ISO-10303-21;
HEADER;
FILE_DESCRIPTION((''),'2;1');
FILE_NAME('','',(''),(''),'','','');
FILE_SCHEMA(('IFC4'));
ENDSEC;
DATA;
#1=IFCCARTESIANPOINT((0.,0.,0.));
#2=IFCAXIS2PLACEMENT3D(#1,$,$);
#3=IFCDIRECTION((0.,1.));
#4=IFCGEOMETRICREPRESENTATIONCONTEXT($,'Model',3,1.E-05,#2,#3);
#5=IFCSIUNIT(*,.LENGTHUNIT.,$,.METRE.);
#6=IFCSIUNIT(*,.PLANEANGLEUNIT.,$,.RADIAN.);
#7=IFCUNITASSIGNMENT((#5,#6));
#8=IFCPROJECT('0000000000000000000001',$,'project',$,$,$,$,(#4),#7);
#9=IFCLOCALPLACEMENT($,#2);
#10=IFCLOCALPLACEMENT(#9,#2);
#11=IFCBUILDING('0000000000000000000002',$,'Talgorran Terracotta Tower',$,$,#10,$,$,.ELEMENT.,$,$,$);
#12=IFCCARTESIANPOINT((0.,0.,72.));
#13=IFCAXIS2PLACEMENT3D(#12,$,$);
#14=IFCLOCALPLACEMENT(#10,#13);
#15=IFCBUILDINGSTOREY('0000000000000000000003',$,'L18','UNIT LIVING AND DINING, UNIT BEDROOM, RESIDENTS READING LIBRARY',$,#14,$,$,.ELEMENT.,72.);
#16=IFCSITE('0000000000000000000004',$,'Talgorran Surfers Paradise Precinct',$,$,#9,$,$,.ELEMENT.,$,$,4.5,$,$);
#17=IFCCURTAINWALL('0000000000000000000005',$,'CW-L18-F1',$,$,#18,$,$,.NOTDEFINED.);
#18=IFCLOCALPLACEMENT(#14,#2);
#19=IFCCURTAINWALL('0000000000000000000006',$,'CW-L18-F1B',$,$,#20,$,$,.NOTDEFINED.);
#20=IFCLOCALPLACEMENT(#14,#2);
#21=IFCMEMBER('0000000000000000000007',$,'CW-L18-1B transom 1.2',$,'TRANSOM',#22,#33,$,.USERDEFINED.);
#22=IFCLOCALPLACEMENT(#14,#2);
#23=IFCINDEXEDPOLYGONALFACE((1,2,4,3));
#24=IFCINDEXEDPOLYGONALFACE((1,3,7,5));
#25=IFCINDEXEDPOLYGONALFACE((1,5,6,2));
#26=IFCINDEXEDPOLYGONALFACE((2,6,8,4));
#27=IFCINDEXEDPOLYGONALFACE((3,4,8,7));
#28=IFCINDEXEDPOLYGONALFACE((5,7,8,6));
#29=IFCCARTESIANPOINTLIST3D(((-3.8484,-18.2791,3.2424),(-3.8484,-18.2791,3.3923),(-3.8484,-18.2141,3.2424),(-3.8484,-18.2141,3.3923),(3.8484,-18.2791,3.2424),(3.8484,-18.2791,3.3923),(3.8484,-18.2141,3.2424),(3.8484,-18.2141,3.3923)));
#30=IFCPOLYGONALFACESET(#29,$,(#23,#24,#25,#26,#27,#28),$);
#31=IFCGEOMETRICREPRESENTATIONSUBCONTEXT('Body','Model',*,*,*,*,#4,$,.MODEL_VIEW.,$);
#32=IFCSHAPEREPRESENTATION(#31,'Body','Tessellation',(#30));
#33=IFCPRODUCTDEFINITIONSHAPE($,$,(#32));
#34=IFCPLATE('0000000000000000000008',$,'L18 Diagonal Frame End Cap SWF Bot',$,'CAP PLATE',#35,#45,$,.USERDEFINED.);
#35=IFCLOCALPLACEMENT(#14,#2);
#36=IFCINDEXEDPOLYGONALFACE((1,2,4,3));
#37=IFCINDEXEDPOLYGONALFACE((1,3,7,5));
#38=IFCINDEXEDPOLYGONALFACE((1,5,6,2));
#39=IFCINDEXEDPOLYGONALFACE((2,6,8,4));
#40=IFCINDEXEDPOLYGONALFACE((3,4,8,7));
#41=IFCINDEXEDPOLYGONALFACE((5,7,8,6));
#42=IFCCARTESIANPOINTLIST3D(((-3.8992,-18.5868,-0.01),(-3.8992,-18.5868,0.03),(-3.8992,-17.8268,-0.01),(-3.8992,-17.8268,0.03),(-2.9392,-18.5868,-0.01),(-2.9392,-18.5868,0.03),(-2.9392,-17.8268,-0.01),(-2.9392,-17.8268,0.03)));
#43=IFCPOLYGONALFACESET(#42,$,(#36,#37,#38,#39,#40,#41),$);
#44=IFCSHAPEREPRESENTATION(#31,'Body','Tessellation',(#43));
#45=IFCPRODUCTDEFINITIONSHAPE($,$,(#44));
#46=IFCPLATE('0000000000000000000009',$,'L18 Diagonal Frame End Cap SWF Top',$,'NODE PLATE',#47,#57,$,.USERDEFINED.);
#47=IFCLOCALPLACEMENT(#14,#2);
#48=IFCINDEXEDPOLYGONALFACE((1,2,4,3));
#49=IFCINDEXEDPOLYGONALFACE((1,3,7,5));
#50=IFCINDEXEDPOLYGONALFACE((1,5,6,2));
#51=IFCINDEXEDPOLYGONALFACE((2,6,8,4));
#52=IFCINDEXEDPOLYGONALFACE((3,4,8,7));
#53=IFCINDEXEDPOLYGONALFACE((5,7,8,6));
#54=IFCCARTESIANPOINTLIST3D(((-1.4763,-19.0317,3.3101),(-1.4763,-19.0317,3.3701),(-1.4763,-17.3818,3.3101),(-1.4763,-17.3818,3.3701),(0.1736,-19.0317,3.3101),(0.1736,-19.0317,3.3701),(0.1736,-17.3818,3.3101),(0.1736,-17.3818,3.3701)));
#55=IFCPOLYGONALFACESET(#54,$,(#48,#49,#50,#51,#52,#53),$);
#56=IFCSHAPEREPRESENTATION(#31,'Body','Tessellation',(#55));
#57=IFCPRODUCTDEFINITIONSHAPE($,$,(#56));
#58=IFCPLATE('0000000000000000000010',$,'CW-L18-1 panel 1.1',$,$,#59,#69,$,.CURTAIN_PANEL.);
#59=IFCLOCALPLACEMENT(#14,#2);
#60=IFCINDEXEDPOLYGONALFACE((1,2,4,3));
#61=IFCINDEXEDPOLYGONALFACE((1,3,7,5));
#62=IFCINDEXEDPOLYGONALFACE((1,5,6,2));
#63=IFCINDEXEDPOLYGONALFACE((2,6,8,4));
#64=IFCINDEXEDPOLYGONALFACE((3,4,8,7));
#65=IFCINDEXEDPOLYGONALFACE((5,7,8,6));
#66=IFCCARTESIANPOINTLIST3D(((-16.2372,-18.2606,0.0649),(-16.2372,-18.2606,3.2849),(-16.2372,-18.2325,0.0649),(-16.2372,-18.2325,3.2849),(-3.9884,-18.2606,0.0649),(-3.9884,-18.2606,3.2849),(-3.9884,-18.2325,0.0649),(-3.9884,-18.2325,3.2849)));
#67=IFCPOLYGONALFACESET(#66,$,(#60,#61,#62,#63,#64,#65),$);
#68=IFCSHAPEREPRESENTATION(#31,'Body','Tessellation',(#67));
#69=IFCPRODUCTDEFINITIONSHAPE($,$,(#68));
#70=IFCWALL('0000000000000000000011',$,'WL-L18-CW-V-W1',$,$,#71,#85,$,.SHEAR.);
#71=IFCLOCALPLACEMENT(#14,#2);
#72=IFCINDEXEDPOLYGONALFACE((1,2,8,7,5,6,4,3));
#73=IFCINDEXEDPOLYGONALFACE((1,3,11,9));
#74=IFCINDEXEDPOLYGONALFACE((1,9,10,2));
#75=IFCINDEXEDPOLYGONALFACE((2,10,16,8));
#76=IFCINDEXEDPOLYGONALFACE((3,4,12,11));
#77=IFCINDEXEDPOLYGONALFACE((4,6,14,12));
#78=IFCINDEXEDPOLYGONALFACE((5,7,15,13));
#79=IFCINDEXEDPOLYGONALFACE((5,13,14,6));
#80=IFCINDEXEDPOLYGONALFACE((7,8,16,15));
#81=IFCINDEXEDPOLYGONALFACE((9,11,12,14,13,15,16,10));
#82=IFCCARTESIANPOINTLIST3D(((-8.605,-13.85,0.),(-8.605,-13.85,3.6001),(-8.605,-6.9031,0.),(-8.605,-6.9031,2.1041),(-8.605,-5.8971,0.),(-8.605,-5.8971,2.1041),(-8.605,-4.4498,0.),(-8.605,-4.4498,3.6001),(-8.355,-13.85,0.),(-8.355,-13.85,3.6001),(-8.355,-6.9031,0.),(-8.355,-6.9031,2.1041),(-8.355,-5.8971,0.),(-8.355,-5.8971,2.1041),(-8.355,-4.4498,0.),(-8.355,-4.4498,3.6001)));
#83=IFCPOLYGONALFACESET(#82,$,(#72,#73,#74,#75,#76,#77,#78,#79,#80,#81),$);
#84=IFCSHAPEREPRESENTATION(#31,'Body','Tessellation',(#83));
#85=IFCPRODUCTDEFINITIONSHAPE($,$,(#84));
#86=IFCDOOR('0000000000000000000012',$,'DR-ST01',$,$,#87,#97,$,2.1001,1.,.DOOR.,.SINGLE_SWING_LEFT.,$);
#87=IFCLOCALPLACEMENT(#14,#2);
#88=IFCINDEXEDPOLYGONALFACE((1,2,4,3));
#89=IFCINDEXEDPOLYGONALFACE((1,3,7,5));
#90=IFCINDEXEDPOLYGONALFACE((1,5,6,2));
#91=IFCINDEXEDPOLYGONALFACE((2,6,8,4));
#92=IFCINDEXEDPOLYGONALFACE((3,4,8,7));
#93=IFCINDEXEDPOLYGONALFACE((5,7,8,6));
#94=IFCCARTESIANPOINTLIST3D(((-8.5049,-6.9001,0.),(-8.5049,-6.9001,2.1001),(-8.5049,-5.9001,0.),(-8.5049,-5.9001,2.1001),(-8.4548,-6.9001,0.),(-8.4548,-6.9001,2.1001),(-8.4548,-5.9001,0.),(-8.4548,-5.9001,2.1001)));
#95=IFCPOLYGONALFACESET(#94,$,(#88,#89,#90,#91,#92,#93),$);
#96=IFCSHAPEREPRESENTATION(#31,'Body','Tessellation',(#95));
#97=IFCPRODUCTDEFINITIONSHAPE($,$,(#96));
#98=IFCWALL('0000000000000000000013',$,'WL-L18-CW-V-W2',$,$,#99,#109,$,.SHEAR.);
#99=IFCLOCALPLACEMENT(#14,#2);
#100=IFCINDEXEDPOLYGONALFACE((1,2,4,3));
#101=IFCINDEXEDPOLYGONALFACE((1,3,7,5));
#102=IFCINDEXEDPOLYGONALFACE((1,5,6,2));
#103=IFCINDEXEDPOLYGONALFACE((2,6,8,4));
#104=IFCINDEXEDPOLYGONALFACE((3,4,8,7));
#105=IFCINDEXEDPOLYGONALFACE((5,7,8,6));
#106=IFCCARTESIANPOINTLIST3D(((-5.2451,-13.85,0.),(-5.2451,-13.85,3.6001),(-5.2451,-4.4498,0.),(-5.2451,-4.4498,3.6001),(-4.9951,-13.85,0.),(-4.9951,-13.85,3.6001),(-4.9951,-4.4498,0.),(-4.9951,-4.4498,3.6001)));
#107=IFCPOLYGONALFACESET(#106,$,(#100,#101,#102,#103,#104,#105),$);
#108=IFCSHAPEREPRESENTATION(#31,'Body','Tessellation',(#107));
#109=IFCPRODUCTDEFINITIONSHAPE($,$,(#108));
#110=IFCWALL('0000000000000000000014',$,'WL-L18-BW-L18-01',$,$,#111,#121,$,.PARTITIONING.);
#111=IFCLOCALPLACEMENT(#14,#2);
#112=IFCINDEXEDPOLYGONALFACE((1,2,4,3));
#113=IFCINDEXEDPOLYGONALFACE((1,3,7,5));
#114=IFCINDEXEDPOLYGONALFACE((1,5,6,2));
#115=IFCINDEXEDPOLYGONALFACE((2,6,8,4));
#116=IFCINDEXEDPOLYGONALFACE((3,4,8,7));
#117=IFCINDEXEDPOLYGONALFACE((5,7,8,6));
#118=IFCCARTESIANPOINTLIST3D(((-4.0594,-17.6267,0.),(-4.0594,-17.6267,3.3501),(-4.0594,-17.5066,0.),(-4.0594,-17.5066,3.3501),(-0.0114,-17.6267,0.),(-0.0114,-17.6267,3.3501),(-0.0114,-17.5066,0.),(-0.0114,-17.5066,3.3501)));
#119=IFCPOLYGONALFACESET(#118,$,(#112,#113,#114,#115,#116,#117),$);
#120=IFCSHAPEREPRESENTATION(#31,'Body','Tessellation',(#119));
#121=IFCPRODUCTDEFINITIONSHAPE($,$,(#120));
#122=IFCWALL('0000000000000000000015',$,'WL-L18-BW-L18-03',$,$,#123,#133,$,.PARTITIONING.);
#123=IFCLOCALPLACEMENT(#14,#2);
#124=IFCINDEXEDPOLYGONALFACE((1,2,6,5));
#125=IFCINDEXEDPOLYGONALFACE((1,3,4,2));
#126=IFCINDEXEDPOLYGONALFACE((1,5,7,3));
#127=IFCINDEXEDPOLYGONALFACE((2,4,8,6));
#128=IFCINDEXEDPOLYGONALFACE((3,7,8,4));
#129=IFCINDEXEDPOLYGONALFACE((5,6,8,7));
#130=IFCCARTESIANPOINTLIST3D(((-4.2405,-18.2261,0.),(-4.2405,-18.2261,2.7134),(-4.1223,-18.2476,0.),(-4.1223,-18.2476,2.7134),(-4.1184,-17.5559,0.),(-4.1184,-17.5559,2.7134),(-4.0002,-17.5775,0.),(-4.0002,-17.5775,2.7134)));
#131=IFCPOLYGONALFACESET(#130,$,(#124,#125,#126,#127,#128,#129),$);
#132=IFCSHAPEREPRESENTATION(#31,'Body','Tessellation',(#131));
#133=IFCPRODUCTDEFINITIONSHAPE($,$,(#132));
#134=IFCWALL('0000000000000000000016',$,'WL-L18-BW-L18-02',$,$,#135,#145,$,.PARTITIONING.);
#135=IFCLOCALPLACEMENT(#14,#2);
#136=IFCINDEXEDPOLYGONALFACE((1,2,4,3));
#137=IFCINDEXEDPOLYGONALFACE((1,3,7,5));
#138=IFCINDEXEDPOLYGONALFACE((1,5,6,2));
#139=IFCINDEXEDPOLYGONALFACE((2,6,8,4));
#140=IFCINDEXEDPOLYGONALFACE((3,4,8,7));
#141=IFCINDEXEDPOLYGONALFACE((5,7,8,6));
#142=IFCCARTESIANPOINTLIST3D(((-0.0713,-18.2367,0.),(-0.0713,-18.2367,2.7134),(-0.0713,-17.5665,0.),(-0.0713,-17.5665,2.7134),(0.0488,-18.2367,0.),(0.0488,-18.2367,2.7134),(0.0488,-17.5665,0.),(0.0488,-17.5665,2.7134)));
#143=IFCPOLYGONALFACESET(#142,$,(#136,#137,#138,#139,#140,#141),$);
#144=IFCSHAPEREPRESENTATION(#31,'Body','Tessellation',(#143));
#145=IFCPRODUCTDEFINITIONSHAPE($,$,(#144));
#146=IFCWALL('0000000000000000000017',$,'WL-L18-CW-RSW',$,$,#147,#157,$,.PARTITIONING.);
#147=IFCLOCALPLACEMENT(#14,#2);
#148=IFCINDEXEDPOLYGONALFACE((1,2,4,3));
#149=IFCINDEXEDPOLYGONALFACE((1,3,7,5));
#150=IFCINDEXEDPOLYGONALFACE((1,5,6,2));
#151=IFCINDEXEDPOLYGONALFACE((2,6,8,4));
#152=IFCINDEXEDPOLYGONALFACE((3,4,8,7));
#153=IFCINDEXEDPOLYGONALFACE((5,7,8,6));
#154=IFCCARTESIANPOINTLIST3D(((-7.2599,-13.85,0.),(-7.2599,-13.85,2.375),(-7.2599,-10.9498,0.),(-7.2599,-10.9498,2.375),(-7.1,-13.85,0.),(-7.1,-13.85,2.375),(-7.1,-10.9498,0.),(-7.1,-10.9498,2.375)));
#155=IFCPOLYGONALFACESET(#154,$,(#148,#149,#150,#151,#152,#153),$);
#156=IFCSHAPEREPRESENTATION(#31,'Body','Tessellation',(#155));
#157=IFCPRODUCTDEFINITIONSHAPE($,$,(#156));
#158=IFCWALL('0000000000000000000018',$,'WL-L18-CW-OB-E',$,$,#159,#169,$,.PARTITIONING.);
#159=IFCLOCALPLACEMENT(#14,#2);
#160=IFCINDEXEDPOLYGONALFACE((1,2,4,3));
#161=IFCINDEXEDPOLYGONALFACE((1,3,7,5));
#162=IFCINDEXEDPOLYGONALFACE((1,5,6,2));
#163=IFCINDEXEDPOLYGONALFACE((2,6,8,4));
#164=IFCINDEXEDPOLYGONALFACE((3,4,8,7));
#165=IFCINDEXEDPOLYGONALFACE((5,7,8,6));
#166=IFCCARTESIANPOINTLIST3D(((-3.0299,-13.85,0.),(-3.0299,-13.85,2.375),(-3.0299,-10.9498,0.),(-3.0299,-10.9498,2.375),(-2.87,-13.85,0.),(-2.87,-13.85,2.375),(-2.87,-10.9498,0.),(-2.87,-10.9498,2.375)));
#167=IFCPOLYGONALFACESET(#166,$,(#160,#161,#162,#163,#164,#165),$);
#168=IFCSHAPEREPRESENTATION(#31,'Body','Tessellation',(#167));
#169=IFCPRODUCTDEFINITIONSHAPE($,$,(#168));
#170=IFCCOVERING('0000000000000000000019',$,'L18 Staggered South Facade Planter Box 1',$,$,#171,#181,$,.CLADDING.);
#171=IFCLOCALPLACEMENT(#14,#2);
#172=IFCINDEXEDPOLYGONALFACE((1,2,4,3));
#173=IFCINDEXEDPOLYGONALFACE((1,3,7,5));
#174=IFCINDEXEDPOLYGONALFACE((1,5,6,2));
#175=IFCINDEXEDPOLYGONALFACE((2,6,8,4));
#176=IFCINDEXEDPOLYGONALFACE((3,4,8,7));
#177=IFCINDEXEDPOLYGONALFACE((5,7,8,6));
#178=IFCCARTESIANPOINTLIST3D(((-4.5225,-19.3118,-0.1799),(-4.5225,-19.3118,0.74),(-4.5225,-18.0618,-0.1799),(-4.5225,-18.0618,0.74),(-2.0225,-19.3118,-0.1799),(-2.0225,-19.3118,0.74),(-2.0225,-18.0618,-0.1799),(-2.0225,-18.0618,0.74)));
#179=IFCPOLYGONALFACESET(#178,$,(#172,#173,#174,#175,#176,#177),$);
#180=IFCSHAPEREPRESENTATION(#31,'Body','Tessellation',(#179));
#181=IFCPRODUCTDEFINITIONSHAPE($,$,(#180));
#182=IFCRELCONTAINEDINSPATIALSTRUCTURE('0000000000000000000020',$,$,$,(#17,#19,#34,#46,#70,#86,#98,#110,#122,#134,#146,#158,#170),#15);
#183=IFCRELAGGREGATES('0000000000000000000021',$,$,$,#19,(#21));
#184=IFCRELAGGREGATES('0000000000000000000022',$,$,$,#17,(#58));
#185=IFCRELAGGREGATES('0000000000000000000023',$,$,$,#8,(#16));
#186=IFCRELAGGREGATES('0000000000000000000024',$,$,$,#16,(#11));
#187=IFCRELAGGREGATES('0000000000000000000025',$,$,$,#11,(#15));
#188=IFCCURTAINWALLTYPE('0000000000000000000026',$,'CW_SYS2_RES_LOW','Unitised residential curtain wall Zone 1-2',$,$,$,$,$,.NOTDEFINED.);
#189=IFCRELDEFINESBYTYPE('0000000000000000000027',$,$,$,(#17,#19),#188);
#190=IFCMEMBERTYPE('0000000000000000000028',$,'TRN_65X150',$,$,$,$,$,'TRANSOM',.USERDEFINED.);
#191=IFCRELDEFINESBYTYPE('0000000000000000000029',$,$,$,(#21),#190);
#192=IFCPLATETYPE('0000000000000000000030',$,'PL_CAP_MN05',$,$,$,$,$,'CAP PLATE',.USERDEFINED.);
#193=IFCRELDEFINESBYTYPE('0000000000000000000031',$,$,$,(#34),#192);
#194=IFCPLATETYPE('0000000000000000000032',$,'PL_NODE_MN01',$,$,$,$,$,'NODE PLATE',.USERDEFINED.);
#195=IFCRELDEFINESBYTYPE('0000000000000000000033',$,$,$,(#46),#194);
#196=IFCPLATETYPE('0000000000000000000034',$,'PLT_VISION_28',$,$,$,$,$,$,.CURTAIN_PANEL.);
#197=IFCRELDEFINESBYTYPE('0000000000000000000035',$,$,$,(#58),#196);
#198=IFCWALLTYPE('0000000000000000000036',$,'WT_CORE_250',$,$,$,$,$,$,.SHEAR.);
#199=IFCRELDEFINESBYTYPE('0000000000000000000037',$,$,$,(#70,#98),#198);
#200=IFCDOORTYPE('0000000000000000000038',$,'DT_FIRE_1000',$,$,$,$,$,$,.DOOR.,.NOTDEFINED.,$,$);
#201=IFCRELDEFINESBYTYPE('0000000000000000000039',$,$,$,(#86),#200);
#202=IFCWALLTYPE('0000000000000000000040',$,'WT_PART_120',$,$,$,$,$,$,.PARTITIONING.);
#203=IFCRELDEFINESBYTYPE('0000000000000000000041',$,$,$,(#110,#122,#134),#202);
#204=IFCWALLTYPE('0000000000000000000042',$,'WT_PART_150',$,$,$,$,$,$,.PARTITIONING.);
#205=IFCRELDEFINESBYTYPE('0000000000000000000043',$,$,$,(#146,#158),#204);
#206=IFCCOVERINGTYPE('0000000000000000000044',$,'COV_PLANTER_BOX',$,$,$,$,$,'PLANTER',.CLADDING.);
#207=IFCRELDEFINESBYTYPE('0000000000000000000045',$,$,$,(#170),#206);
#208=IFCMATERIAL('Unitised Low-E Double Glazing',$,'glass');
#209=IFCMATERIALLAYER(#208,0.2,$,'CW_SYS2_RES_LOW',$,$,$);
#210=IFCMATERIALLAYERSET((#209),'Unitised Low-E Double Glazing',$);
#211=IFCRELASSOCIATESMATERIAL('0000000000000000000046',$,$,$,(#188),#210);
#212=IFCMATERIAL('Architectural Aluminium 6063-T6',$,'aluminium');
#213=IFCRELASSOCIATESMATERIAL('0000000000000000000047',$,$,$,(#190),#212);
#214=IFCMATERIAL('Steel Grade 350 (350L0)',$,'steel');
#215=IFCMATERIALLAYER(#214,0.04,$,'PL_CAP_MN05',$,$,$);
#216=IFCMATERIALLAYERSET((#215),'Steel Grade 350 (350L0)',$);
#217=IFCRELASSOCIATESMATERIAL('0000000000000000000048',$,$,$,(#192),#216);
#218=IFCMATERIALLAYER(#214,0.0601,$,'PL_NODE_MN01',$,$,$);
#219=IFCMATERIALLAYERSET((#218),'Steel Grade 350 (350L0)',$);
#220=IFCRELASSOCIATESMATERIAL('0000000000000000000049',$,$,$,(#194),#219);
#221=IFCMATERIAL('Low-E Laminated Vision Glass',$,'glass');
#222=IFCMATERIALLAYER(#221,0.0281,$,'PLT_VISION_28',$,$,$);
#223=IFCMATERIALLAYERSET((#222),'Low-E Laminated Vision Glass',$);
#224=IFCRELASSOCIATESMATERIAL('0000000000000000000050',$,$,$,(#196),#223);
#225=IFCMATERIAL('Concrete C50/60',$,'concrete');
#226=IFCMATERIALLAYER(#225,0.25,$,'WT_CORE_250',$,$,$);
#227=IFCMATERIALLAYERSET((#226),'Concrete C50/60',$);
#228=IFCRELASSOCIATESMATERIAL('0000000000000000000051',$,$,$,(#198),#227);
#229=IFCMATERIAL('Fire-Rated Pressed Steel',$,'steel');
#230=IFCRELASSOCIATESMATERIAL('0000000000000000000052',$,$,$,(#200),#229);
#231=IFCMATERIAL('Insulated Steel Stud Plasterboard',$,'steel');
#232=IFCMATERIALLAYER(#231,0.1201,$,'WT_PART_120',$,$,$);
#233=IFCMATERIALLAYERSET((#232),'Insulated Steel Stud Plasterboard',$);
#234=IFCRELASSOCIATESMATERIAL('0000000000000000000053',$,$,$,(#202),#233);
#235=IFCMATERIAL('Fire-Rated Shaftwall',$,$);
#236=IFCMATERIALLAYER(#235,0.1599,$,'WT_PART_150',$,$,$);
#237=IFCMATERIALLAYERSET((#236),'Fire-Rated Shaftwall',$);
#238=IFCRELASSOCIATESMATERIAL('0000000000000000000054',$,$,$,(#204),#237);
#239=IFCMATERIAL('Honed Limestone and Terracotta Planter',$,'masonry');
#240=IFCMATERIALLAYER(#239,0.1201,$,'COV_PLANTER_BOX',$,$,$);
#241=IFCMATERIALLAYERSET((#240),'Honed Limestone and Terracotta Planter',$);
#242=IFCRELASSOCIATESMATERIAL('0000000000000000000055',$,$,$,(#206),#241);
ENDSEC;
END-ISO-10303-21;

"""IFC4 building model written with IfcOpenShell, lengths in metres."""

from ifc_helpers import new_model, si_unit, direction, frame, frame_2d, origin, origin_2d, place, context, subcontext, project, spatial, rectangle, extrude, source, transform, mapped, material, layer, layer_set, material_profile, profile_set, type_object, type_shapes, element, fill, aggregate, save


model = new_model("IFC4")

# Units and contexts
model_context = context("Model", 3, precision=1e-05, world=origin(), true_north=direction((0.0, 1.0)))
body_context = subcontext(model_context, "Body", "Model", "MODEL_VIEW")
ifc_project = project(units=[si_unit("LENGTHUNIT", "METRE"), si_unit("PLANEANGLEUNIT", "RADIAN")], contexts=[model_context])

# Site, building, storey
site_placement = place(None, origin())
site = spatial("IfcSite", under=ifc_project, at=site_placement, Name="Talgorran Surfers Paradise Precinct", CompositionType="ELEMENT", RefElevation=4.5)
building_placement = place(site_placement, origin())
building = spatial("IfcBuilding", under=site, at=building_placement, Name="Talgorran Terracotta Tower", CompositionType="ELEMENT")
storey_placement = place(building_placement, frame((0.0, 0.0, 72.0)))
storey = spatial("IfcBuildingStorey", under=building, at=storey_placement, Name="L18", Description="UNIT LIVING AND DINING, UNIT BEDROOM, RESIDENTS READING LIBRARY", CompositionType="ELEMENT", Elevation=72.0)

# Shared definitions
ifc_material_1 = material(Name="Steel Grade 350 (350L0)", Category="steel")

# Curtain wall
ifc_material_2 = material(Name="Unitised Low-E Double Glazing", Category="glass")
ifc_layer_1 = layer(ifc_material_2, 0.2, Name="CW_SYS2_RES_LOW")
ifc_layer_set_1 = layer_set([ifc_layer_1], Name="Unitised Low-E Double Glazing")
curtain_wall_type = type_object("IfcCurtainWallType", Name="CW_SYS2_RES_LOW", Description="Unitised residential curtain wall Zone 1-2", PredefinedType="NOTDEFINED", material=ifc_layer_set_1)
curtain_wall_1_placement = place(storey_placement, origin())
curtain_wall_1 = element("IfcCurtainWall", 1, at=curtain_wall_1_placement, inside=storey, type_object=curtain_wall_type, Name="CW-L18-F1", PredefinedType="NOTDEFINED")
ifc_material_3 = material(Name="Architectural Aluminium 6063-T6", Category="aluminium")

# Curtain wall, member
curtain_wall_2_placement = place(storey_placement, origin())
curtain_wall_2 = element("IfcCurtainWall", 2, at=curtain_wall_2_placement, inside=storey, type_object=curtain_wall_type, Name="CW-L18-F1B", PredefinedType="NOTDEFINED")
ifc_material_profile_1 = material_profile(ifc_material_3, rectangle(XDim=0.0649, YDim=0.1499, at=origin_2d()), Name="CWT65X150")
ifc_profile_set_1 = profile_set([ifc_material_profile_1], Name="Architectural Aluminium 6063-T6")
member_type_1 = type_object("IfcMemberType", Name="TRN_65X150", ElementType="TRANSOM", PredefinedType="USERDEFINED", material=ifc_profile_set_1)
member_1_placement = place(storey_placement, frame((-3.8484, -18.2466, 3.3174), z_axis=(1.0, 0.0, 0.0), x_axis=(0.0, 1.0, 0.0)))
member_1 = element("IfcMember", 3, at=member_1_placement, type_object=member_type_1, Name="CW-L18-1B transom 1.2", ObjectType="TRANSOM", PredefinedType="USERDEFINED", context=body_context, shape_type="SweptSolid", body=[
    extrude(rectangle(XDim=0.0649, YDim=0.1499, at=origin_2d()), origin(), (0.0, 0.0, 1.0), 7.6968),
])
aggregate(curtain_wall_2, [member_1])

# Plates
ifc_layer_2 = layer(ifc_material_1, 0.04, Name="PL_CAP_MN05")
ifc_layer_set_2 = layer_set([ifc_layer_2], Name="Steel Grade 350 (350L0)")
plate_type_1 = type_object("IfcPlateType", Name="PL_CAP_MN05", ElementType="CAP PLATE", PredefinedType="USERDEFINED", material=ifc_layer_set_2)
plate_1_placement = place(storey_placement, frame((-3.4192, -18.2068, -0.01), z_axis=(0.0, 0.0, 1.0), x_axis=(1.0, 0.0, 0.0)))
element("IfcPlate", 4, at=plate_1_placement, inside=storey, type_object=plate_type_1, Name="L18 Diagonal Frame End Cap SWF Bot", ObjectType="CAP PLATE", PredefinedType="USERDEFINED", context=body_context, shape_type="SweptSolid", body=[
    extrude(rectangle(XDim=0.96, YDim=0.76, at=origin_2d()), origin(), (0.0, 0.0, 1.0), 0.04),
])
ifc_layer_3 = layer(ifc_material_1, 0.0601, Name="PL_NODE_MN01")
ifc_layer_set_3 = layer_set([ifc_layer_3], Name="Steel Grade 350 (350L0)")
plate_type_2 = type_object("IfcPlateType", Name="PL_NODE_MN01", ElementType="NODE PLATE", PredefinedType="USERDEFINED", material=ifc_layer_set_3)
plate_2_placement = place(storey_placement, frame((-0.6514, -18.2068, 3.3101), z_axis=(0.0, 0.0, 1.0), x_axis=(1.0, 0.0, 0.0)))
element("IfcPlate", 5, at=plate_2_placement, inside=storey, type_object=plate_type_2, Name="L18 Diagonal Frame End Cap SWF Top", ObjectType="NODE PLATE", PredefinedType="USERDEFINED", context=body_context, shape_type="SweptSolid", body=[
    extrude(rectangle(XDim=1.6499, YDim=1.6499, at=origin_2d()), origin(), (0.0, 0.0, 1.0), 0.0601),
])

# Plate
ifc_material_4 = material(Name="Low-E Laminated Vision Glass", Category="glass")
ifc_layer_4 = layer(ifc_material_4, 0.0281, Name="PLT_VISION_28")
ifc_layer_set_4 = layer_set([ifc_layer_4], Name="Low-E Laminated Vision Glass")
plate_type_3 = type_object("IfcPlateType", Name="PLT_VISION_28", PredefinedType="CURTAIN_PANEL", material=ifc_layer_set_4)
shared_shape = source(origin(), body_context, "Body", "SweptSolid", [
    extrude(rectangle(XDim=12.2488, YDim=0.0281, at=origin_2d()), origin(), (0.0, 0.0, 1.0), 3.22),
])
type_shapes(plate_type_3, [shared_shape])
plate_3_placement = place(storey_placement, frame((-10.1128, -18.2466, 0.0649), z_axis=(0.0, 0.0, 1.0), x_axis=(1.0, 0.0, 0.0)))
plate_3 = element("IfcPlate", 6, at=plate_3_placement, type_object=plate_type_3, Name="CW-L18-1 panel 1.1", PredefinedType="CURTAIN_PANEL", context=body_context, shape_type="MappedRepresentation", body=[
    mapped(shared_shape, transform((0.0, 0.0, 0.0), scale=1.0)),
])
aggregate(curtain_wall_1, [plate_3])

# Wall, opening, door
ifc_material_5 = material(Name="Concrete C50/60", Category="concrete")
ifc_layer_5 = layer(ifc_material_5, 0.25, Name="WT_CORE_250")
ifc_layer_set_5 = layer_set([ifc_layer_5], Name="Concrete C50/60")
wall_type_1 = type_object("IfcWallType", Name="WT_CORE_250", PredefinedType="SHEAR", material=ifc_layer_set_5)
wall_1_placement = place(storey_placement, frame((-8.48, -13.8501, 0.0), z_axis=(0.0, 0.0, 1.0), x_axis=(0.0, 1.0, 0.0)))
wall_1 = element("IfcWall", 7, at=wall_1_placement, inside=storey, type_object=wall_type_1, Name="WL-L18-CW-V-W1", PredefinedType="SHEAR", context=body_context, shape_type="SweptSolid", body=[
    extrude(rectangle(XDim=9.4001, YDim=0.25, at=frame_2d((4.7002, 0.0))), origin(), (0.0, 0.0, 1.0), 3.6001),
])
opening_placement = place(wall_1_placement, frame((6.95, 0.0, 0.0)))
opening = element("IfcOpeningElement", 8, at=opening_placement, cuts=wall_1, PredefinedType="OPENING", context=body_context, shape_type="SweptSolid", body=[
    extrude(rectangle(XDim=1.006, YDim=2.1041, at=frame_2d((0.5, 1.052))), frame((0.0, 0.135, 0.0), z_axis=(0.0, -1.0, 0.0), x_axis=(1.0, 0.0, 0.0)), (0.0, 0.0, 1.0), 0.27),
])
ifc_material_6 = material(Name="Fire-Rated Pressed Steel", Category="steel")
door_type = type_object("IfcDoorType", Name="DT_FIRE_1000", OperationType="NOTDEFINED", PredefinedType="DOOR", material=ifc_material_6)
door_placement = place(opening_placement, origin())
door = element("IfcDoor", 9, at=door_placement, inside=storey, type_object=door_type, Name="DR-ST01", OperationType="SINGLE_SWING_LEFT", OverallHeight=2.1001, OverallWidth=1.0, PredefinedType="DOOR", context=body_context, shape_type="SweptSolid", body=[
    extrude(rectangle(XDim=1.0, YDim=2.1001, at=frame_2d((0.5, 1.05))), frame((0.0, 0.0249, 0.0), z_axis=(0.0, -1.0, 0.0), x_axis=(1.0, 0.0, 0.0)), (0.0, 0.0, 1.0), 0.05),
])
fill(opening, door)

# Walls
wall_2_placement = place(storey_placement, frame((-5.1201, -13.8501, 0.0), z_axis=(0.0, 0.0, 1.0), x_axis=(0.0, 1.0, 0.0)))
element("IfcWall", 10, at=wall_2_placement, inside=storey, type_object=wall_type_1, Name="WL-L18-CW-V-W2", PredefinedType="SHEAR", context=body_context, shape_type="SweptSolid", body=[
    extrude(rectangle(XDim=9.4001, YDim=0.25, at=frame_2d((4.7002, 0.0))), origin(), (0.0, 0.0, 1.0), 3.6001),
])
ifc_material_7 = material(Name="Insulated Steel Stud Plasterboard", Category="steel")
ifc_layer_6 = layer(ifc_material_7, 0.1201, Name="WT_PART_120")
ifc_layer_set_6 = layer_set([ifc_layer_6], Name="Insulated Steel Stud Plasterboard")
wall_type_2 = type_object("IfcWallType", Name="WT_PART_120", PredefinedType="PARTITIONING", material=ifc_layer_set_6)
wall_3_placement = place(storey_placement, frame((-4.0593, -17.5667, 0.0), z_axis=(0.0, 0.0, 1.0), x_axis=(1.0, 0.0, 0.0)))
element("IfcWall", 11, at=wall_3_placement, inside=storey, type_object=wall_type_2, Name="WL-L18-BW-L18-01", PredefinedType="PARTITIONING", context=body_context, shape_type="SweptSolid", body=[
    extrude(rectangle(XDim=4.0481, YDim=0.1201, at=frame_2d((2.0239, 0.0))), origin(), (0.0, 0.0, 1.0), 3.3501),
])
wall_4_placement = place(storey_placement, frame((-4.1814, -18.2368, 0.0), z_axis=(0.0, 0.0, 1.0), x_axis=(0.179201, 0.983813, 0.0)))
element("IfcWall", 12, at=wall_4_placement, inside=storey, type_object=wall_type_2, Name="WL-L18-BW-L18-03", PredefinedType="PARTITIONING", context=body_context, shape_type="SweptSolid", body=[
    extrude(rectangle(XDim=0.6812, YDim=0.1201, at=frame_2d((0.3406, 0.0))), origin(), (0.0, 0.0, 1.0), 2.7134),
])
wall_5_placement = place(storey_placement, frame((-0.0112, -17.5667, 0.0), z_axis=(0.0, 0.0, 1.0), x_axis=(0.0, -1.0, 0.0)))
element("IfcWall", 13, at=wall_5_placement, inside=storey, type_object=wall_type_2, Name="WL-L18-BW-L18-02", PredefinedType="PARTITIONING", context=body_context, shape_type="SweptSolid", body=[
    extrude(rectangle(XDim=0.6702, YDim=0.1201, at=frame_2d((0.335, 0.0))), origin(), (0.0, 0.0, 1.0), 2.7134),
])
ifc_material_8 = material(Name="Fire-Rated Shaftwall")
ifc_layer_7 = layer(ifc_material_8, 0.1599, Name="WT_PART_150")
ifc_layer_set_7 = layer_set([ifc_layer_7], Name="Fire-Rated Shaftwall")
wall_type_3 = type_object("IfcWallType", Name="WT_PART_150", PredefinedType="PARTITIONING", material=ifc_layer_set_7)
for number, where, z_axis, x_axis, name in (
    (14, (-7.1799, -13.8501, 0.0), (0.0, 0.0, 1.0), (0.0, 1.0, 0.0), "WL-L18-CW-RSW"),
    (15, (-2.95, -13.8501, 0.0), (0.0, 0.0, 1.0), (0.0, 1.0, 0.0), "WL-L18-CW-OB-E"),
):
    element("IfcWall", number, at=place(storey_placement, frame(where, z_axis=z_axis, x_axis=x_axis)), inside=storey, type_object=wall_type_3, Name=name, PredefinedType="PARTITIONING", context=body_context, shape_type="SweptSolid", body=[
        extrude(rectangle(XDim=2.9001, YDim=0.1599, at=frame_2d((1.4502, 0.0))), origin(), (0.0, 0.0, 1.0), 2.375),
    ])

# Covering
ifc_material_9 = material(Name="Honed Limestone and Terracotta Planter", Category="masonry")
ifc_layer_8 = layer(ifc_material_9, 0.1201, Name="COV_PLANTER_BOX")
ifc_layer_set_8 = layer_set([ifc_layer_8], Name="Honed Limestone and Terracotta Planter")
covering_type_1 = type_object("IfcCoveringType", Name="COV_PLANTER_BOX", ElementType="PLANTER", PredefinedType="CLADDING", material=ifc_layer_set_8)
covering_1_placement = place(storey_placement, frame((-3.2725, -18.6868, -0.1799), z_axis=(0.0, 0.0, 1.0), x_axis=(1.0, 0.0, 0.0)))
element("IfcCovering", 16, at=covering_1_placement, inside=storey, type_object=covering_type_1, Name="L18 Staggered South Facade Planter Box 1", PredefinedType="CLADDING", context=body_context, shape_type="SweptSolid", body=[
    extrude(rectangle(XDim=2.5, YDim=1.25, at=origin_2d()), origin(), (0.0, 0.0, 1.0), 0.9199),
])

save(model, "model.ifc")
